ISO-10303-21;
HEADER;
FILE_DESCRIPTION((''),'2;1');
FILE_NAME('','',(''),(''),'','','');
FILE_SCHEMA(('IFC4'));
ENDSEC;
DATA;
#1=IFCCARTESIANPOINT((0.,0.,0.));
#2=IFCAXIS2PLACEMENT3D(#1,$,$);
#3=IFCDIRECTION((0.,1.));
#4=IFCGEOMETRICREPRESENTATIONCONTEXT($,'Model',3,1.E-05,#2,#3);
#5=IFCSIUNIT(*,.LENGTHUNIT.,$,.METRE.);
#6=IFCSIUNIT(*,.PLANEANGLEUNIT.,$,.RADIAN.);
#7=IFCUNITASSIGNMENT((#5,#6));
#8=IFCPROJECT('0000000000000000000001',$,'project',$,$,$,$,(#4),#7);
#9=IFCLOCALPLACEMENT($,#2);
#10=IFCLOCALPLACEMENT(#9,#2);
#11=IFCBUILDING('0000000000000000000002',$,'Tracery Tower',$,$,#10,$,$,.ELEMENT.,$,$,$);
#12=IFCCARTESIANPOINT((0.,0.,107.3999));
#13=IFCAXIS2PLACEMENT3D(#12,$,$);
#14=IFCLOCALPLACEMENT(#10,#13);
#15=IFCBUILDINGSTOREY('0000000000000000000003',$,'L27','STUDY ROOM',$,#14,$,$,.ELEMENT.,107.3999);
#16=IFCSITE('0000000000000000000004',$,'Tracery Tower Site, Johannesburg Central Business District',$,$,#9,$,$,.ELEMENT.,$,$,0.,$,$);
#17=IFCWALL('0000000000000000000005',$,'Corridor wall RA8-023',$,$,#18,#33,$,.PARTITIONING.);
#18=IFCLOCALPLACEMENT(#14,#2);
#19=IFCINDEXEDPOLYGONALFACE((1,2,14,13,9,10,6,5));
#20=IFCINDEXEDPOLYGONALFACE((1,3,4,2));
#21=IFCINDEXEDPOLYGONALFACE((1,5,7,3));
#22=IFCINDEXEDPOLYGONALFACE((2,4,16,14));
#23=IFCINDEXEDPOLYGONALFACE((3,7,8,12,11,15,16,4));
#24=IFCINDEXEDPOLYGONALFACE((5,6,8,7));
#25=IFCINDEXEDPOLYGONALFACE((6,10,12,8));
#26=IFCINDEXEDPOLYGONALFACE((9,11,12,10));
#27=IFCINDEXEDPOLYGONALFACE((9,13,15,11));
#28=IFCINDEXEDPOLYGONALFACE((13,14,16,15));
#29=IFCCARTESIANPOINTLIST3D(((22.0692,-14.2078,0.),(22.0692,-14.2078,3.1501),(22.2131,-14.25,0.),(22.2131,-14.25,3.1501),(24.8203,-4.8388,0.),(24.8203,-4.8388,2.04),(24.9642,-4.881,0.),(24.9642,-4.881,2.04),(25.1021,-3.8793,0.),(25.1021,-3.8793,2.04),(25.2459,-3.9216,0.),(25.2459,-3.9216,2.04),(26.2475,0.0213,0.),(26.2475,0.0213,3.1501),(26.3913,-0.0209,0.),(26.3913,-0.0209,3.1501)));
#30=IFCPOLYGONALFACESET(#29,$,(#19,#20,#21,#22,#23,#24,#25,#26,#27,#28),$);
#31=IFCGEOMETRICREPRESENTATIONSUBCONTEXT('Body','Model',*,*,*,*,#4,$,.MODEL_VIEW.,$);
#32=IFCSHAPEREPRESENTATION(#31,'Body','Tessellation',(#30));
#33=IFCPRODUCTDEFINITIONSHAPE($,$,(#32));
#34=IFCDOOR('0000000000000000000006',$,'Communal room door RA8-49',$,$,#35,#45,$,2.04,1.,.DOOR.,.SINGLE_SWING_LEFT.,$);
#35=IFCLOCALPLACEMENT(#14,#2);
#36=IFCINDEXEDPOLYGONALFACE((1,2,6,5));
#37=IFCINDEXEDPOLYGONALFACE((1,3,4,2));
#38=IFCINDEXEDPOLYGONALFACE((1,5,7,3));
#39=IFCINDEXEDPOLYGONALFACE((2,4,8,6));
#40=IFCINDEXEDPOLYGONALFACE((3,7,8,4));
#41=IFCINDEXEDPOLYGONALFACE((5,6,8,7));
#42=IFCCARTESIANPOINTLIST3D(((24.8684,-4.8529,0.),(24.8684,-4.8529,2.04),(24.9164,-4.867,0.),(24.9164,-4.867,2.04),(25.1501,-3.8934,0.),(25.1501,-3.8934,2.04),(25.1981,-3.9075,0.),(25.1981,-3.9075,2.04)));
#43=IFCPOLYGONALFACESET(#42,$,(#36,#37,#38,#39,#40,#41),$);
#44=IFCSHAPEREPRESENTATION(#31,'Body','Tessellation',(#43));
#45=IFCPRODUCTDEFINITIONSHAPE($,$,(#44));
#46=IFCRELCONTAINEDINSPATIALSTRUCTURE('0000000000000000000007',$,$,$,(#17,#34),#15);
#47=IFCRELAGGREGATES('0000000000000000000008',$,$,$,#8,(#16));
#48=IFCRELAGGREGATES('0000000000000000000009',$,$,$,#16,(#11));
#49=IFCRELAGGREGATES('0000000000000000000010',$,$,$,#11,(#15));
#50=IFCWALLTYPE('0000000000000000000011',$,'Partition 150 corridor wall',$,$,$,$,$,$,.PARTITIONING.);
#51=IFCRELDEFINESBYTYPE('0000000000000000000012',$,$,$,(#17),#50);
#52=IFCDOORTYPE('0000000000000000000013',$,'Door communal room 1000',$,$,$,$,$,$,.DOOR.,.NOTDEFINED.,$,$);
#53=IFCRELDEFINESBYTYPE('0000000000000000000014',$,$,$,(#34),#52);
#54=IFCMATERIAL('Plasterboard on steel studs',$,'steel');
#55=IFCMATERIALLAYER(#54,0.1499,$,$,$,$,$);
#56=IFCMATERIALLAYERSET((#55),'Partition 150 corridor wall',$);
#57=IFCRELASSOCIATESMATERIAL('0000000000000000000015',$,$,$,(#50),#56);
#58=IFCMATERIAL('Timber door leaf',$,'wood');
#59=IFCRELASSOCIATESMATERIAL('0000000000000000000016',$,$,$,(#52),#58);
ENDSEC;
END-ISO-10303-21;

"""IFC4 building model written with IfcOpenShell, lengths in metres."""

from ifc_helpers import new_model, si_unit, direction, frame, frame_2d, origin, place, context, subcontext, project, spatial, rectangle, extrude, material, layer, layer_set, type_object, element, fill, save


model = new_model("IFC4")

# Units and contexts
model_context = context("Model", 3, precision=1e-05, world=origin(), true_north=direction((0.0, 1.0)))
body_context = subcontext(model_context, "Body", "Model", "MODEL_VIEW")
ifc_project = project(units=[si_unit("LENGTHUNIT", "METRE"), si_unit("PLANEANGLEUNIT", "RADIAN")], contexts=[model_context])

# Site, building, storey
site_placement = place(None, origin())
site = spatial("IfcSite", under=ifc_project, at=site_placement, Name="Tracery Tower Site, Johannesburg Central Business District", CompositionType="ELEMENT", RefElevation=0.0)
building_placement = place(site_placement, origin())
building = spatial("IfcBuilding", under=site, at=building_placement, Name="Tracery Tower", CompositionType="ELEMENT")
storey_placement = place(building_placement, frame((0.0, 0.0, 107.3999)))
storey = spatial("IfcBuildingStorey", under=building, at=storey_placement, Name="L27", Description="STUDY ROOM", CompositionType="ELEMENT", Elevation=107.3999)

# Shared definitions
ifc_material_1 = material(Name="Plasterboard on steel studs", Category="steel")
ifc_layer_1 = layer(ifc_material_1, 0.1499)
ifc_layer_set_1 = layer_set([ifc_layer_1], Name="Partition 150 corridor wall")
wall_type_1 = type_object("IfcWallType", Name="Partition 150 corridor wall", PredefinedType="PARTITIONING", material=ifc_layer_set_1)

# Wall, opening, door
wall_1_placement = place(storey_placement, frame((22.1411, -14.229, 0.0), z_axis=(0.0, 0.0, 1.0), x_axis=(0.281746, 0.959489, 0.0)))
wall_1 = element("IfcWall", 1, at=wall_1_placement, inside=storey, type_object=wall_type_1, Name="Corridor wall RA8-023", PredefinedType="PARTITIONING", context=body_context, shape_type="SweptSolid", body=[
    extrude(rectangle(XDim=14.8298, YDim=0.1499, at=frame_2d((7.415, 0.0))), origin(), (0.0, 0.0, 1.0), 3.1501),
])
opening_1_placement = place(wall_1_placement, frame((9.7646, 0.0, 0.0)))
opening_1 = element("IfcOpeningElement", 2, at=opening_1_placement, cuts=wall_1, PredefinedType="OPENING", context=body_context, shape_type="SweptSolid", body=[
    extrude(rectangle(XDim=1.0, YDim=2.04, at=frame_2d((0.5, 1.02))), frame((0.0, 0.075, 0.0), z_axis=(0.0, -1.0, 0.0), x_axis=(1.0, 0.0, 0.0)), (0.0, 0.0, 1.0), 0.1499),
])
ifc_material_2 = material(Name="Timber door leaf", Category="wood")
door_type = type_object("IfcDoorType", Name="Door communal room 1000", OperationType="NOTDEFINED", PredefinedType="DOOR", material=ifc_material_2)
door_placement = place(opening_1_placement, origin())
door = element("IfcDoor", 3, at=door_placement, inside=storey, type_object=door_type, Name="Communal room door RA8-49", OperationType="SINGLE_SWING_LEFT", OverallHeight=2.04, OverallWidth=1.0, PredefinedType="DOOR", context=body_context, shape_type="SweptSolid", body=[
    extrude(rectangle(XDim=1.0, YDim=2.04, at=frame_2d((0.5, 1.02))), frame((0.0, 0.0249, 0.0), z_axis=(0.0, -1.0, 0.0), x_axis=(1.0, 0.0, 0.0)), (0.0, 0.0, 1.0), 0.05),
])
fill(opening_1, door)

save(model, "model.ifc")
